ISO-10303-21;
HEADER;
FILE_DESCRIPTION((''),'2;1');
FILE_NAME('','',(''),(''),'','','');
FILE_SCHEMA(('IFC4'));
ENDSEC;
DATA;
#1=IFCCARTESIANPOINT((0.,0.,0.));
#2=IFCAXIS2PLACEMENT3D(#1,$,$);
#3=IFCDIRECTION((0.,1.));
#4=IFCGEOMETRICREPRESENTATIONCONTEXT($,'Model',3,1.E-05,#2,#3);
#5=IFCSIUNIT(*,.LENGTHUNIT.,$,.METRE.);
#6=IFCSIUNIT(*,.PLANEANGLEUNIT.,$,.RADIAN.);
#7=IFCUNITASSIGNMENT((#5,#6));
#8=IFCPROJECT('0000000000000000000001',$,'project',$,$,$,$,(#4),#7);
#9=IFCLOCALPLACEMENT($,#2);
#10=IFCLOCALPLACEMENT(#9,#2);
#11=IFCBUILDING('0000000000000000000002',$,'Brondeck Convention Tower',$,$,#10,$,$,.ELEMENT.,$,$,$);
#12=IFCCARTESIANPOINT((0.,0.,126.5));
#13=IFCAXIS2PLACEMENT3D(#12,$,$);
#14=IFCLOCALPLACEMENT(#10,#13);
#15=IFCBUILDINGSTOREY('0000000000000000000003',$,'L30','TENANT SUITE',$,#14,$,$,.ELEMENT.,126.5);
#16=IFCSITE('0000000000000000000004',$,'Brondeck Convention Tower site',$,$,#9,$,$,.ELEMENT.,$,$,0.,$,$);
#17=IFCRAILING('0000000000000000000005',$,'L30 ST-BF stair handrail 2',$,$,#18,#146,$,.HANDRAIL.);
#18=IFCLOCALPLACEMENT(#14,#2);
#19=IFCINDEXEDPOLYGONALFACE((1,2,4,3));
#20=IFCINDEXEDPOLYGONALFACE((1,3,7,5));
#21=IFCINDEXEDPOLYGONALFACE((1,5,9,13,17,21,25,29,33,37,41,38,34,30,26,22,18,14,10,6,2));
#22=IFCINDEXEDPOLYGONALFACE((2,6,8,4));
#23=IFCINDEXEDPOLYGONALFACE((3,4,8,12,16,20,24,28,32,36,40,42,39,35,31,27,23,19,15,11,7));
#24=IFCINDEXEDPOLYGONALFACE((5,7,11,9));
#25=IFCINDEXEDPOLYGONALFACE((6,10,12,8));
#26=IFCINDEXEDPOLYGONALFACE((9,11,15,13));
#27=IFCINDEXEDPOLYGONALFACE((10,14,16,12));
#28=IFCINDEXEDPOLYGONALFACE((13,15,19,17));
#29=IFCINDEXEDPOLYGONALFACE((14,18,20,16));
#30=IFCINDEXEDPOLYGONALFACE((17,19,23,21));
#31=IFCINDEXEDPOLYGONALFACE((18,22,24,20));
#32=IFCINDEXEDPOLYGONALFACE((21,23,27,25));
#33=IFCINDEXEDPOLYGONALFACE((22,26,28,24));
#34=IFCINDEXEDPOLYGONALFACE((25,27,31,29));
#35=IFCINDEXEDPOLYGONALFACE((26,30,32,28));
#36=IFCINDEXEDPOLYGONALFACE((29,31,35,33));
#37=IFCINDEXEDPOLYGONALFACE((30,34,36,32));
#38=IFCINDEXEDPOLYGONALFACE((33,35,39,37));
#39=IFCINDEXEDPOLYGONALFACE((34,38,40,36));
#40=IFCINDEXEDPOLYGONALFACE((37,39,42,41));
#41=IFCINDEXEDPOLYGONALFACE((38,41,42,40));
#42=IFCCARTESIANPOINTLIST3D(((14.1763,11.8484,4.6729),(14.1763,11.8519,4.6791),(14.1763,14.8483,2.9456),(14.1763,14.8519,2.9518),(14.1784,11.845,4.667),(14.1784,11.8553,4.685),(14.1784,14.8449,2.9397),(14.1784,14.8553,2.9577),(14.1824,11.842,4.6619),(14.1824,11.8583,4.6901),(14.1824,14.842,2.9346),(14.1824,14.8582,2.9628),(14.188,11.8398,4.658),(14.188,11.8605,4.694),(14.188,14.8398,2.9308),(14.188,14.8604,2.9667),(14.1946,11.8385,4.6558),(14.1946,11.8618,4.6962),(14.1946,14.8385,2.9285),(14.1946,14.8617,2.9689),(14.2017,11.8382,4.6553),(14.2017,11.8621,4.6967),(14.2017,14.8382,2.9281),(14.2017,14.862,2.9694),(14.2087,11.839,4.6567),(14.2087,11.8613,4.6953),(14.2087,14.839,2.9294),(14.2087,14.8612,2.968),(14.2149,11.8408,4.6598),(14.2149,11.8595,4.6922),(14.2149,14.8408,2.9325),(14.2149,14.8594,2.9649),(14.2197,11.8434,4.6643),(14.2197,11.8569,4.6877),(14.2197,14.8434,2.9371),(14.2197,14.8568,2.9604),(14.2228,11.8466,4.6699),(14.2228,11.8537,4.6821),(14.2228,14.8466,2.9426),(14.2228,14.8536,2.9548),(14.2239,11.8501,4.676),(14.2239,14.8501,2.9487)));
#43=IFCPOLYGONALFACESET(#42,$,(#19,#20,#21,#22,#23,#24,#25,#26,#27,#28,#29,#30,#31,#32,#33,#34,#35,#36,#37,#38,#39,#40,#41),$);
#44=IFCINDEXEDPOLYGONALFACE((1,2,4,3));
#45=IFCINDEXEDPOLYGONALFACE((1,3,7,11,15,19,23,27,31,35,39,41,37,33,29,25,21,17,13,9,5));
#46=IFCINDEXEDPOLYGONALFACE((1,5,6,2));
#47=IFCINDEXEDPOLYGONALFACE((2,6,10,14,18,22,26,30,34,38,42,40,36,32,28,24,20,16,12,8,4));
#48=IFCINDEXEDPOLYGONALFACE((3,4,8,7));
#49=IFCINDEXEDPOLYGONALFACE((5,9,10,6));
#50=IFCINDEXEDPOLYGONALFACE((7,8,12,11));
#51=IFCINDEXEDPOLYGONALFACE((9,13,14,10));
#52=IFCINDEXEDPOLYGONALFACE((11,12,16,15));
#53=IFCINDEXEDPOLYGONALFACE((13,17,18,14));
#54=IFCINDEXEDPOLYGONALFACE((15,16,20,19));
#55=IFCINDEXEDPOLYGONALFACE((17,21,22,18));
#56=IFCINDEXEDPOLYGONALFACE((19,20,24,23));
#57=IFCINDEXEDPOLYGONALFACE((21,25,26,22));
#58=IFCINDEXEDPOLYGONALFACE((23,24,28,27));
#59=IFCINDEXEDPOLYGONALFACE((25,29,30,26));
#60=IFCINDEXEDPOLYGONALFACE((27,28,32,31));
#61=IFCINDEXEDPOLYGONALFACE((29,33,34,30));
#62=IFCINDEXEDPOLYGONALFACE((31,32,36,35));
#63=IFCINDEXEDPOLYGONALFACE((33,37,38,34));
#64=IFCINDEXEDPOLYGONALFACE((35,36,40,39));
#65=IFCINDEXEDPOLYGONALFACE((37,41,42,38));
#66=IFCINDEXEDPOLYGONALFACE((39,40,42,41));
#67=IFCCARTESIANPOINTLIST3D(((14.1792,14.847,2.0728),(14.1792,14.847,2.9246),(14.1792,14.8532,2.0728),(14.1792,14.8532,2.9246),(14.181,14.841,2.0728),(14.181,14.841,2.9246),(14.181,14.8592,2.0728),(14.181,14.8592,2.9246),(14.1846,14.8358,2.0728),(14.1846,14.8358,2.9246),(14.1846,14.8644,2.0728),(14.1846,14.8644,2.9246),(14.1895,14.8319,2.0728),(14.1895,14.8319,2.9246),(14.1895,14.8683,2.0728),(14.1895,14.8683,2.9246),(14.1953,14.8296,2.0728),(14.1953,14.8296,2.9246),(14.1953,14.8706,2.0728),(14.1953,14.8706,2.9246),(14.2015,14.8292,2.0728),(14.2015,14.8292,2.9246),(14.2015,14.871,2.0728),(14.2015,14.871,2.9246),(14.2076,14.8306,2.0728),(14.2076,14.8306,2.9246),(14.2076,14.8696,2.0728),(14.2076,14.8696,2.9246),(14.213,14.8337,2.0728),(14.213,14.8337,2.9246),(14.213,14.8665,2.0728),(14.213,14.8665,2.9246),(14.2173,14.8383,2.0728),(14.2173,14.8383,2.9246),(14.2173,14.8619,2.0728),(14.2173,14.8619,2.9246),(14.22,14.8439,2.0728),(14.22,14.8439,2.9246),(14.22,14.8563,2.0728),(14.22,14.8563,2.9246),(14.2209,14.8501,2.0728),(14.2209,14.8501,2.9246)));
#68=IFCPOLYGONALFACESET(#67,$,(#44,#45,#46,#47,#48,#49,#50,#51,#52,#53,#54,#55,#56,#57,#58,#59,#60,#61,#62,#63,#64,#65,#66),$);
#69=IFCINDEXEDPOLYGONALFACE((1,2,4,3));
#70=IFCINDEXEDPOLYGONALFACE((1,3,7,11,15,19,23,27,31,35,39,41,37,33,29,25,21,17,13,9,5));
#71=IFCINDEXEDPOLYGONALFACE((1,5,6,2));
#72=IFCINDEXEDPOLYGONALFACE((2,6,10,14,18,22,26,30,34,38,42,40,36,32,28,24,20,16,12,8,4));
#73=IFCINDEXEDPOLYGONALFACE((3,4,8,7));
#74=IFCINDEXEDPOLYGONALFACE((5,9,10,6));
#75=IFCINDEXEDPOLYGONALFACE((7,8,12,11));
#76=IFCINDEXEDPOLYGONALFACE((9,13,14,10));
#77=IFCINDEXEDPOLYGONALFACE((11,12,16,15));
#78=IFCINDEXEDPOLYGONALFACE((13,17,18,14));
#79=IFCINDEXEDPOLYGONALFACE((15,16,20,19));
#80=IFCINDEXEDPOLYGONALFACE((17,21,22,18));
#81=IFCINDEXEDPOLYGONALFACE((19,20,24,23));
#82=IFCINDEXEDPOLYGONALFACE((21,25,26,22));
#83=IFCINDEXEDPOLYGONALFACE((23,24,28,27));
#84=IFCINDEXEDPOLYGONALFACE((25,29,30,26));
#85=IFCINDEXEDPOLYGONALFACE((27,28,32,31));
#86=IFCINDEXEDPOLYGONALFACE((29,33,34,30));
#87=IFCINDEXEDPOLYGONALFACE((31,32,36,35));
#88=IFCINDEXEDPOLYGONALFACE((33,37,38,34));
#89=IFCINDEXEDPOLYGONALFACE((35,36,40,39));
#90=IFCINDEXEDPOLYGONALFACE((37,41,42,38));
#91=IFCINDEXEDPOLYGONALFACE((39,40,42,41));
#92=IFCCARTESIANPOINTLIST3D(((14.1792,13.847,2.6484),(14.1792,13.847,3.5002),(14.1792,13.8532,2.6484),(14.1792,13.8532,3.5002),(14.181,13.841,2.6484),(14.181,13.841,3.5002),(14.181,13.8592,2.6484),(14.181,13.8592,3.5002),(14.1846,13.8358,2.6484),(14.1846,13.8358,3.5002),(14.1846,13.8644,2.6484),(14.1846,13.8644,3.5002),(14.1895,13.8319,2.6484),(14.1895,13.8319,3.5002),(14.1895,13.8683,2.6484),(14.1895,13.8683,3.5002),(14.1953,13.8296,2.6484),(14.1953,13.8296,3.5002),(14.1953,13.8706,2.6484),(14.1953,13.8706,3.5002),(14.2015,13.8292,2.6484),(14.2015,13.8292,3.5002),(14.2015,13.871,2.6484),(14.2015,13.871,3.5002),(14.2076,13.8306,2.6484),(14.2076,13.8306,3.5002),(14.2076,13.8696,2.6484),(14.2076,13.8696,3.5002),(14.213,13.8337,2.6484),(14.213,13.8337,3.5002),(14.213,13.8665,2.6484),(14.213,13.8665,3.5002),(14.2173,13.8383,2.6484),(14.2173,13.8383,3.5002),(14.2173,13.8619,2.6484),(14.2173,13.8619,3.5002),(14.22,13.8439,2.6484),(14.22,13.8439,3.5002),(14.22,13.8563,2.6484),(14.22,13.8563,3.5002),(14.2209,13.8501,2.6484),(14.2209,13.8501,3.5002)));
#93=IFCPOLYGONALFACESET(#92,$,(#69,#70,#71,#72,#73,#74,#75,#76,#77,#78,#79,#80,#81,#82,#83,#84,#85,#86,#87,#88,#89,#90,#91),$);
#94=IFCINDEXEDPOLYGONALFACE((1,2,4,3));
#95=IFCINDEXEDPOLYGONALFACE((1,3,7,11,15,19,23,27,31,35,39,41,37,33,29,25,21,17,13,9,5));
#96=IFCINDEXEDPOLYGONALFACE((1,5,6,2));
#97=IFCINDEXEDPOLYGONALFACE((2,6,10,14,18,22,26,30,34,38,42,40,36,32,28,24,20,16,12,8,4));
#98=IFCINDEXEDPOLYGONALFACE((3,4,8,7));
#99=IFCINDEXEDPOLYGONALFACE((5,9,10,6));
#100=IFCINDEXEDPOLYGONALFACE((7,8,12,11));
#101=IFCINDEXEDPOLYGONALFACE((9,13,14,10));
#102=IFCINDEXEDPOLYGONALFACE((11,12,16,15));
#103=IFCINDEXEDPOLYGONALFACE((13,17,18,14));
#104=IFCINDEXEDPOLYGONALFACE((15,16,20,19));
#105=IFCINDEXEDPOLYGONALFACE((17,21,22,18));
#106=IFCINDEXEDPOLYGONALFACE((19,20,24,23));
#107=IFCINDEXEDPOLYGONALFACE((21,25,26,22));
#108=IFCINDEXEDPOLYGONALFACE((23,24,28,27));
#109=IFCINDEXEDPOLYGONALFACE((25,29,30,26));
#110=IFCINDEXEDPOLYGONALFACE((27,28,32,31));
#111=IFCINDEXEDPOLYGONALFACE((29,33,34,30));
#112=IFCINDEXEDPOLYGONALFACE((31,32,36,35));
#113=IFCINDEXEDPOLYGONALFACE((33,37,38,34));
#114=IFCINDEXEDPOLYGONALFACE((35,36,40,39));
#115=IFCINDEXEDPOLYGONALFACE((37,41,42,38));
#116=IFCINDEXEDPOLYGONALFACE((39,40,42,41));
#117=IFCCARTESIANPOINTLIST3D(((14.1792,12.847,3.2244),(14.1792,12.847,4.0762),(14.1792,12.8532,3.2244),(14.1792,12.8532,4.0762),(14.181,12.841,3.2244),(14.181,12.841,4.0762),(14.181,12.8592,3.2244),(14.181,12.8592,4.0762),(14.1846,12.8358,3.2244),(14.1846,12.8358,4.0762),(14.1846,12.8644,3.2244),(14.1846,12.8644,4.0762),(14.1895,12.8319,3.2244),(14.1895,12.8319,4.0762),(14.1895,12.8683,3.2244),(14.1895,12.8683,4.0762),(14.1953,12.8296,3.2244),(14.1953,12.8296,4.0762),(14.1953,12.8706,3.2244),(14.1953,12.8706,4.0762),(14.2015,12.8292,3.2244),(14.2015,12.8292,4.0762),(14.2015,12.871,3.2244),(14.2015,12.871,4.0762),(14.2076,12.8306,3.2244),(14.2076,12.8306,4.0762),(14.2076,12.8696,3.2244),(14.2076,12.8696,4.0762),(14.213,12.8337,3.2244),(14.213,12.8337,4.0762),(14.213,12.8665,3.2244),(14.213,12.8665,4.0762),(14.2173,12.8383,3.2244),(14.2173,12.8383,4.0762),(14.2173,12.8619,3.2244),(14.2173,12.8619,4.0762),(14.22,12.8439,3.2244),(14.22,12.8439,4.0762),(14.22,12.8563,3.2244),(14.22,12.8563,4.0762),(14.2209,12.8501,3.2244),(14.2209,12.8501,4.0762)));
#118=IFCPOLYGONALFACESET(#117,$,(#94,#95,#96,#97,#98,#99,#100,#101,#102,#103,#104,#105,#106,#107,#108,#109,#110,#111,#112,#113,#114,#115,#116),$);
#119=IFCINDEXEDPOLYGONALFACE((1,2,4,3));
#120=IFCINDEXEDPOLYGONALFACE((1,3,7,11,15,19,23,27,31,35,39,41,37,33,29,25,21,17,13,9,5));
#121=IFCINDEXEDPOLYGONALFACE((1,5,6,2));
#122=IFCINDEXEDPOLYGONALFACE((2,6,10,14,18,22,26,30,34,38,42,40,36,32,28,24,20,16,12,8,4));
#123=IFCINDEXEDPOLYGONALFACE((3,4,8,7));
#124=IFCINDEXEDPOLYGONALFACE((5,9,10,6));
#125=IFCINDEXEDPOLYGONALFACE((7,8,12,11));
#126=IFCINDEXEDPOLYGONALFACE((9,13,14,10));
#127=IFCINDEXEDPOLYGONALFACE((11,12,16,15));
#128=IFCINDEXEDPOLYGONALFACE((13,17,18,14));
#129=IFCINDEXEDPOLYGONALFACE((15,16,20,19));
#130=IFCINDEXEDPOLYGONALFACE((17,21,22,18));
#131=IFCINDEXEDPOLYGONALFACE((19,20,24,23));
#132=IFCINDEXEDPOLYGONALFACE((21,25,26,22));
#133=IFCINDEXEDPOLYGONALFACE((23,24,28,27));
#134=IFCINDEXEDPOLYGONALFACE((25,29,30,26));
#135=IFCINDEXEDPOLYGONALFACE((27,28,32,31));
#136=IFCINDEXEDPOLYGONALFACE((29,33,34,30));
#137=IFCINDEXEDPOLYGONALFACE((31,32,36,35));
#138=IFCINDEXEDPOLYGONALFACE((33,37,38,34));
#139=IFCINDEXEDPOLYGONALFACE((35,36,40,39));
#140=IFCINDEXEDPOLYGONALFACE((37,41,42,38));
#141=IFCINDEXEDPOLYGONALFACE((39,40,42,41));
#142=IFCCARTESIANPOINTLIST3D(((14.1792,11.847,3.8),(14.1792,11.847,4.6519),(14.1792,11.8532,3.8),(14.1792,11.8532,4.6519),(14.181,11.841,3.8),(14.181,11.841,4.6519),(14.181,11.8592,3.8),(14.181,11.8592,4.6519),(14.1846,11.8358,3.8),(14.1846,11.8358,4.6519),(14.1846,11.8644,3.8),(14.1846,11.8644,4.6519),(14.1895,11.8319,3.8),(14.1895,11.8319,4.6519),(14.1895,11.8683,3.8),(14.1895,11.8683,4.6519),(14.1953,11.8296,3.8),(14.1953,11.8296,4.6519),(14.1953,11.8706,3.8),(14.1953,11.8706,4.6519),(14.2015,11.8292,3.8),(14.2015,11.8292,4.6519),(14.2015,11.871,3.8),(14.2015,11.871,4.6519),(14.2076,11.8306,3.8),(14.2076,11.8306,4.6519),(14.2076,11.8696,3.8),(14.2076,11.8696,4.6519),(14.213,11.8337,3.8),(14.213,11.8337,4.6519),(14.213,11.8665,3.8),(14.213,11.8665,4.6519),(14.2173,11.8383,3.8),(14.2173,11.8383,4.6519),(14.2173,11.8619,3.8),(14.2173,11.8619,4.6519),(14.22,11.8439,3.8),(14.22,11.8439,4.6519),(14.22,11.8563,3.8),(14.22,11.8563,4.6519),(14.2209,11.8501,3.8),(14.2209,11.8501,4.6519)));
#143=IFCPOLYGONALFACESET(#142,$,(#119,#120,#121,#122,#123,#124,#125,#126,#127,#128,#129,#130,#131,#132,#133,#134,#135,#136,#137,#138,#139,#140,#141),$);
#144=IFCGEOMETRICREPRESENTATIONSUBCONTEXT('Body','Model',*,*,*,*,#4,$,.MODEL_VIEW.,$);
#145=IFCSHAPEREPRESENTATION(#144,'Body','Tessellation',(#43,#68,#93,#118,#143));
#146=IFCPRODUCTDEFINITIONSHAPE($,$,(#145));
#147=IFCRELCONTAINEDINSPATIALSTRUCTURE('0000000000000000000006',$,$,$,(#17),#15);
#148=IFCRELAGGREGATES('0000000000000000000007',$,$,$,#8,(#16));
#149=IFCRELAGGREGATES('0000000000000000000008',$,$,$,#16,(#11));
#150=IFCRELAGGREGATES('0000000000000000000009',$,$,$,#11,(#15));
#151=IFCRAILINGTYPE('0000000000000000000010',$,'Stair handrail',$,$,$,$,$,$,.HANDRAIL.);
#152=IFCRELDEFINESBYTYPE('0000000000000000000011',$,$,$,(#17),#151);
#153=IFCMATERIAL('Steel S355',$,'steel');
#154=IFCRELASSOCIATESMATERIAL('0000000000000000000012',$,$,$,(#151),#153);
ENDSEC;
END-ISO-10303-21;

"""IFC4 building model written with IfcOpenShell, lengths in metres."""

from ifc_helpers import new_model, si_unit, direction, frame, origin, origin_2d, place, context, subcontext, project, spatial, circle, extrude, material, type_object, element, save


model = new_model("IFC4")

# Units and contexts
model_context = context("Model", 3, precision=1e-05, world=origin(), true_north=direction((0.0, 1.0)))
body_context = subcontext(model_context, "Body", "Model", "MODEL_VIEW")
ifc_project = project(units=[si_unit("LENGTHUNIT", "METRE"), si_unit("PLANEANGLEUNIT", "RADIAN")], contexts=[model_context])

# Site, building, storey
site_placement = place(None, origin())
site = spatial("IfcSite", under=ifc_project, at=site_placement, Name="Brondeck Convention Tower site", CompositionType="ELEMENT", RefElevation=0.0)
building_placement = place(site_placement, origin())
building = spatial("IfcBuilding", under=site, at=building_placement, Name="Brondeck Convention Tower", CompositionType="ELEMENT")
storey_placement = place(building_placement, frame((0.0, 0.0, 126.5)))
storey = spatial("IfcBuildingStorey", under=building, at=storey_placement, Name="L30", Description="TENANT SUITE", CompositionType="ELEMENT", Elevation=126.5)

# Shared definitions
ifc_material_1 = material(Name="Steel S355", Category="steel")

# Railing
railing_type_1 = type_object("IfcRailingType", Name="Stair handrail", PredefinedType="HANDRAIL", material=ifc_material_1)
railing_1_placement = place(storey_placement, frame((14.2, 14.8501, 2.0728)))
element("IfcRailing", 1, at=railing_1_placement, inside=storey, type_object=railing_type_1, Name="L30 ST-BF stair handrail 2", PredefinedType="HANDRAIL", context=body_context, shape_type="SweptSolid", body=[
    extrude(circle(Radius=0.0239, at=origin_2d()), frame((0.0, 0.0, 0.876), z_axis=(0.0, -0.86662, 0.498969), x_axis=(1.0, 0.0, 0.0)), (0.0, 0.0, 1.0), 3.4617),
    extrude(circle(Radius=0.021, at=origin_2d()), origin(), (0.0, 0.0, 1.0), 0.8518),
    extrude(circle(Radius=0.021, at=origin_2d()), frame((0.0, -1.0, 0.5757)), (0.0, 0.0, 1.0), 0.8518),
    extrude(circle(Radius=0.021, at=origin_2d()), frame((0.0, -2.0, 1.1516)), (0.0, 0.0, 1.0), 0.8518),
    extrude(circle(Radius=0.021, at=origin_2d()), frame((0.0, -3.0, 1.7273)), (0.0, 0.0, 1.0), 0.8518),
])

save(model, "model.ifc")
